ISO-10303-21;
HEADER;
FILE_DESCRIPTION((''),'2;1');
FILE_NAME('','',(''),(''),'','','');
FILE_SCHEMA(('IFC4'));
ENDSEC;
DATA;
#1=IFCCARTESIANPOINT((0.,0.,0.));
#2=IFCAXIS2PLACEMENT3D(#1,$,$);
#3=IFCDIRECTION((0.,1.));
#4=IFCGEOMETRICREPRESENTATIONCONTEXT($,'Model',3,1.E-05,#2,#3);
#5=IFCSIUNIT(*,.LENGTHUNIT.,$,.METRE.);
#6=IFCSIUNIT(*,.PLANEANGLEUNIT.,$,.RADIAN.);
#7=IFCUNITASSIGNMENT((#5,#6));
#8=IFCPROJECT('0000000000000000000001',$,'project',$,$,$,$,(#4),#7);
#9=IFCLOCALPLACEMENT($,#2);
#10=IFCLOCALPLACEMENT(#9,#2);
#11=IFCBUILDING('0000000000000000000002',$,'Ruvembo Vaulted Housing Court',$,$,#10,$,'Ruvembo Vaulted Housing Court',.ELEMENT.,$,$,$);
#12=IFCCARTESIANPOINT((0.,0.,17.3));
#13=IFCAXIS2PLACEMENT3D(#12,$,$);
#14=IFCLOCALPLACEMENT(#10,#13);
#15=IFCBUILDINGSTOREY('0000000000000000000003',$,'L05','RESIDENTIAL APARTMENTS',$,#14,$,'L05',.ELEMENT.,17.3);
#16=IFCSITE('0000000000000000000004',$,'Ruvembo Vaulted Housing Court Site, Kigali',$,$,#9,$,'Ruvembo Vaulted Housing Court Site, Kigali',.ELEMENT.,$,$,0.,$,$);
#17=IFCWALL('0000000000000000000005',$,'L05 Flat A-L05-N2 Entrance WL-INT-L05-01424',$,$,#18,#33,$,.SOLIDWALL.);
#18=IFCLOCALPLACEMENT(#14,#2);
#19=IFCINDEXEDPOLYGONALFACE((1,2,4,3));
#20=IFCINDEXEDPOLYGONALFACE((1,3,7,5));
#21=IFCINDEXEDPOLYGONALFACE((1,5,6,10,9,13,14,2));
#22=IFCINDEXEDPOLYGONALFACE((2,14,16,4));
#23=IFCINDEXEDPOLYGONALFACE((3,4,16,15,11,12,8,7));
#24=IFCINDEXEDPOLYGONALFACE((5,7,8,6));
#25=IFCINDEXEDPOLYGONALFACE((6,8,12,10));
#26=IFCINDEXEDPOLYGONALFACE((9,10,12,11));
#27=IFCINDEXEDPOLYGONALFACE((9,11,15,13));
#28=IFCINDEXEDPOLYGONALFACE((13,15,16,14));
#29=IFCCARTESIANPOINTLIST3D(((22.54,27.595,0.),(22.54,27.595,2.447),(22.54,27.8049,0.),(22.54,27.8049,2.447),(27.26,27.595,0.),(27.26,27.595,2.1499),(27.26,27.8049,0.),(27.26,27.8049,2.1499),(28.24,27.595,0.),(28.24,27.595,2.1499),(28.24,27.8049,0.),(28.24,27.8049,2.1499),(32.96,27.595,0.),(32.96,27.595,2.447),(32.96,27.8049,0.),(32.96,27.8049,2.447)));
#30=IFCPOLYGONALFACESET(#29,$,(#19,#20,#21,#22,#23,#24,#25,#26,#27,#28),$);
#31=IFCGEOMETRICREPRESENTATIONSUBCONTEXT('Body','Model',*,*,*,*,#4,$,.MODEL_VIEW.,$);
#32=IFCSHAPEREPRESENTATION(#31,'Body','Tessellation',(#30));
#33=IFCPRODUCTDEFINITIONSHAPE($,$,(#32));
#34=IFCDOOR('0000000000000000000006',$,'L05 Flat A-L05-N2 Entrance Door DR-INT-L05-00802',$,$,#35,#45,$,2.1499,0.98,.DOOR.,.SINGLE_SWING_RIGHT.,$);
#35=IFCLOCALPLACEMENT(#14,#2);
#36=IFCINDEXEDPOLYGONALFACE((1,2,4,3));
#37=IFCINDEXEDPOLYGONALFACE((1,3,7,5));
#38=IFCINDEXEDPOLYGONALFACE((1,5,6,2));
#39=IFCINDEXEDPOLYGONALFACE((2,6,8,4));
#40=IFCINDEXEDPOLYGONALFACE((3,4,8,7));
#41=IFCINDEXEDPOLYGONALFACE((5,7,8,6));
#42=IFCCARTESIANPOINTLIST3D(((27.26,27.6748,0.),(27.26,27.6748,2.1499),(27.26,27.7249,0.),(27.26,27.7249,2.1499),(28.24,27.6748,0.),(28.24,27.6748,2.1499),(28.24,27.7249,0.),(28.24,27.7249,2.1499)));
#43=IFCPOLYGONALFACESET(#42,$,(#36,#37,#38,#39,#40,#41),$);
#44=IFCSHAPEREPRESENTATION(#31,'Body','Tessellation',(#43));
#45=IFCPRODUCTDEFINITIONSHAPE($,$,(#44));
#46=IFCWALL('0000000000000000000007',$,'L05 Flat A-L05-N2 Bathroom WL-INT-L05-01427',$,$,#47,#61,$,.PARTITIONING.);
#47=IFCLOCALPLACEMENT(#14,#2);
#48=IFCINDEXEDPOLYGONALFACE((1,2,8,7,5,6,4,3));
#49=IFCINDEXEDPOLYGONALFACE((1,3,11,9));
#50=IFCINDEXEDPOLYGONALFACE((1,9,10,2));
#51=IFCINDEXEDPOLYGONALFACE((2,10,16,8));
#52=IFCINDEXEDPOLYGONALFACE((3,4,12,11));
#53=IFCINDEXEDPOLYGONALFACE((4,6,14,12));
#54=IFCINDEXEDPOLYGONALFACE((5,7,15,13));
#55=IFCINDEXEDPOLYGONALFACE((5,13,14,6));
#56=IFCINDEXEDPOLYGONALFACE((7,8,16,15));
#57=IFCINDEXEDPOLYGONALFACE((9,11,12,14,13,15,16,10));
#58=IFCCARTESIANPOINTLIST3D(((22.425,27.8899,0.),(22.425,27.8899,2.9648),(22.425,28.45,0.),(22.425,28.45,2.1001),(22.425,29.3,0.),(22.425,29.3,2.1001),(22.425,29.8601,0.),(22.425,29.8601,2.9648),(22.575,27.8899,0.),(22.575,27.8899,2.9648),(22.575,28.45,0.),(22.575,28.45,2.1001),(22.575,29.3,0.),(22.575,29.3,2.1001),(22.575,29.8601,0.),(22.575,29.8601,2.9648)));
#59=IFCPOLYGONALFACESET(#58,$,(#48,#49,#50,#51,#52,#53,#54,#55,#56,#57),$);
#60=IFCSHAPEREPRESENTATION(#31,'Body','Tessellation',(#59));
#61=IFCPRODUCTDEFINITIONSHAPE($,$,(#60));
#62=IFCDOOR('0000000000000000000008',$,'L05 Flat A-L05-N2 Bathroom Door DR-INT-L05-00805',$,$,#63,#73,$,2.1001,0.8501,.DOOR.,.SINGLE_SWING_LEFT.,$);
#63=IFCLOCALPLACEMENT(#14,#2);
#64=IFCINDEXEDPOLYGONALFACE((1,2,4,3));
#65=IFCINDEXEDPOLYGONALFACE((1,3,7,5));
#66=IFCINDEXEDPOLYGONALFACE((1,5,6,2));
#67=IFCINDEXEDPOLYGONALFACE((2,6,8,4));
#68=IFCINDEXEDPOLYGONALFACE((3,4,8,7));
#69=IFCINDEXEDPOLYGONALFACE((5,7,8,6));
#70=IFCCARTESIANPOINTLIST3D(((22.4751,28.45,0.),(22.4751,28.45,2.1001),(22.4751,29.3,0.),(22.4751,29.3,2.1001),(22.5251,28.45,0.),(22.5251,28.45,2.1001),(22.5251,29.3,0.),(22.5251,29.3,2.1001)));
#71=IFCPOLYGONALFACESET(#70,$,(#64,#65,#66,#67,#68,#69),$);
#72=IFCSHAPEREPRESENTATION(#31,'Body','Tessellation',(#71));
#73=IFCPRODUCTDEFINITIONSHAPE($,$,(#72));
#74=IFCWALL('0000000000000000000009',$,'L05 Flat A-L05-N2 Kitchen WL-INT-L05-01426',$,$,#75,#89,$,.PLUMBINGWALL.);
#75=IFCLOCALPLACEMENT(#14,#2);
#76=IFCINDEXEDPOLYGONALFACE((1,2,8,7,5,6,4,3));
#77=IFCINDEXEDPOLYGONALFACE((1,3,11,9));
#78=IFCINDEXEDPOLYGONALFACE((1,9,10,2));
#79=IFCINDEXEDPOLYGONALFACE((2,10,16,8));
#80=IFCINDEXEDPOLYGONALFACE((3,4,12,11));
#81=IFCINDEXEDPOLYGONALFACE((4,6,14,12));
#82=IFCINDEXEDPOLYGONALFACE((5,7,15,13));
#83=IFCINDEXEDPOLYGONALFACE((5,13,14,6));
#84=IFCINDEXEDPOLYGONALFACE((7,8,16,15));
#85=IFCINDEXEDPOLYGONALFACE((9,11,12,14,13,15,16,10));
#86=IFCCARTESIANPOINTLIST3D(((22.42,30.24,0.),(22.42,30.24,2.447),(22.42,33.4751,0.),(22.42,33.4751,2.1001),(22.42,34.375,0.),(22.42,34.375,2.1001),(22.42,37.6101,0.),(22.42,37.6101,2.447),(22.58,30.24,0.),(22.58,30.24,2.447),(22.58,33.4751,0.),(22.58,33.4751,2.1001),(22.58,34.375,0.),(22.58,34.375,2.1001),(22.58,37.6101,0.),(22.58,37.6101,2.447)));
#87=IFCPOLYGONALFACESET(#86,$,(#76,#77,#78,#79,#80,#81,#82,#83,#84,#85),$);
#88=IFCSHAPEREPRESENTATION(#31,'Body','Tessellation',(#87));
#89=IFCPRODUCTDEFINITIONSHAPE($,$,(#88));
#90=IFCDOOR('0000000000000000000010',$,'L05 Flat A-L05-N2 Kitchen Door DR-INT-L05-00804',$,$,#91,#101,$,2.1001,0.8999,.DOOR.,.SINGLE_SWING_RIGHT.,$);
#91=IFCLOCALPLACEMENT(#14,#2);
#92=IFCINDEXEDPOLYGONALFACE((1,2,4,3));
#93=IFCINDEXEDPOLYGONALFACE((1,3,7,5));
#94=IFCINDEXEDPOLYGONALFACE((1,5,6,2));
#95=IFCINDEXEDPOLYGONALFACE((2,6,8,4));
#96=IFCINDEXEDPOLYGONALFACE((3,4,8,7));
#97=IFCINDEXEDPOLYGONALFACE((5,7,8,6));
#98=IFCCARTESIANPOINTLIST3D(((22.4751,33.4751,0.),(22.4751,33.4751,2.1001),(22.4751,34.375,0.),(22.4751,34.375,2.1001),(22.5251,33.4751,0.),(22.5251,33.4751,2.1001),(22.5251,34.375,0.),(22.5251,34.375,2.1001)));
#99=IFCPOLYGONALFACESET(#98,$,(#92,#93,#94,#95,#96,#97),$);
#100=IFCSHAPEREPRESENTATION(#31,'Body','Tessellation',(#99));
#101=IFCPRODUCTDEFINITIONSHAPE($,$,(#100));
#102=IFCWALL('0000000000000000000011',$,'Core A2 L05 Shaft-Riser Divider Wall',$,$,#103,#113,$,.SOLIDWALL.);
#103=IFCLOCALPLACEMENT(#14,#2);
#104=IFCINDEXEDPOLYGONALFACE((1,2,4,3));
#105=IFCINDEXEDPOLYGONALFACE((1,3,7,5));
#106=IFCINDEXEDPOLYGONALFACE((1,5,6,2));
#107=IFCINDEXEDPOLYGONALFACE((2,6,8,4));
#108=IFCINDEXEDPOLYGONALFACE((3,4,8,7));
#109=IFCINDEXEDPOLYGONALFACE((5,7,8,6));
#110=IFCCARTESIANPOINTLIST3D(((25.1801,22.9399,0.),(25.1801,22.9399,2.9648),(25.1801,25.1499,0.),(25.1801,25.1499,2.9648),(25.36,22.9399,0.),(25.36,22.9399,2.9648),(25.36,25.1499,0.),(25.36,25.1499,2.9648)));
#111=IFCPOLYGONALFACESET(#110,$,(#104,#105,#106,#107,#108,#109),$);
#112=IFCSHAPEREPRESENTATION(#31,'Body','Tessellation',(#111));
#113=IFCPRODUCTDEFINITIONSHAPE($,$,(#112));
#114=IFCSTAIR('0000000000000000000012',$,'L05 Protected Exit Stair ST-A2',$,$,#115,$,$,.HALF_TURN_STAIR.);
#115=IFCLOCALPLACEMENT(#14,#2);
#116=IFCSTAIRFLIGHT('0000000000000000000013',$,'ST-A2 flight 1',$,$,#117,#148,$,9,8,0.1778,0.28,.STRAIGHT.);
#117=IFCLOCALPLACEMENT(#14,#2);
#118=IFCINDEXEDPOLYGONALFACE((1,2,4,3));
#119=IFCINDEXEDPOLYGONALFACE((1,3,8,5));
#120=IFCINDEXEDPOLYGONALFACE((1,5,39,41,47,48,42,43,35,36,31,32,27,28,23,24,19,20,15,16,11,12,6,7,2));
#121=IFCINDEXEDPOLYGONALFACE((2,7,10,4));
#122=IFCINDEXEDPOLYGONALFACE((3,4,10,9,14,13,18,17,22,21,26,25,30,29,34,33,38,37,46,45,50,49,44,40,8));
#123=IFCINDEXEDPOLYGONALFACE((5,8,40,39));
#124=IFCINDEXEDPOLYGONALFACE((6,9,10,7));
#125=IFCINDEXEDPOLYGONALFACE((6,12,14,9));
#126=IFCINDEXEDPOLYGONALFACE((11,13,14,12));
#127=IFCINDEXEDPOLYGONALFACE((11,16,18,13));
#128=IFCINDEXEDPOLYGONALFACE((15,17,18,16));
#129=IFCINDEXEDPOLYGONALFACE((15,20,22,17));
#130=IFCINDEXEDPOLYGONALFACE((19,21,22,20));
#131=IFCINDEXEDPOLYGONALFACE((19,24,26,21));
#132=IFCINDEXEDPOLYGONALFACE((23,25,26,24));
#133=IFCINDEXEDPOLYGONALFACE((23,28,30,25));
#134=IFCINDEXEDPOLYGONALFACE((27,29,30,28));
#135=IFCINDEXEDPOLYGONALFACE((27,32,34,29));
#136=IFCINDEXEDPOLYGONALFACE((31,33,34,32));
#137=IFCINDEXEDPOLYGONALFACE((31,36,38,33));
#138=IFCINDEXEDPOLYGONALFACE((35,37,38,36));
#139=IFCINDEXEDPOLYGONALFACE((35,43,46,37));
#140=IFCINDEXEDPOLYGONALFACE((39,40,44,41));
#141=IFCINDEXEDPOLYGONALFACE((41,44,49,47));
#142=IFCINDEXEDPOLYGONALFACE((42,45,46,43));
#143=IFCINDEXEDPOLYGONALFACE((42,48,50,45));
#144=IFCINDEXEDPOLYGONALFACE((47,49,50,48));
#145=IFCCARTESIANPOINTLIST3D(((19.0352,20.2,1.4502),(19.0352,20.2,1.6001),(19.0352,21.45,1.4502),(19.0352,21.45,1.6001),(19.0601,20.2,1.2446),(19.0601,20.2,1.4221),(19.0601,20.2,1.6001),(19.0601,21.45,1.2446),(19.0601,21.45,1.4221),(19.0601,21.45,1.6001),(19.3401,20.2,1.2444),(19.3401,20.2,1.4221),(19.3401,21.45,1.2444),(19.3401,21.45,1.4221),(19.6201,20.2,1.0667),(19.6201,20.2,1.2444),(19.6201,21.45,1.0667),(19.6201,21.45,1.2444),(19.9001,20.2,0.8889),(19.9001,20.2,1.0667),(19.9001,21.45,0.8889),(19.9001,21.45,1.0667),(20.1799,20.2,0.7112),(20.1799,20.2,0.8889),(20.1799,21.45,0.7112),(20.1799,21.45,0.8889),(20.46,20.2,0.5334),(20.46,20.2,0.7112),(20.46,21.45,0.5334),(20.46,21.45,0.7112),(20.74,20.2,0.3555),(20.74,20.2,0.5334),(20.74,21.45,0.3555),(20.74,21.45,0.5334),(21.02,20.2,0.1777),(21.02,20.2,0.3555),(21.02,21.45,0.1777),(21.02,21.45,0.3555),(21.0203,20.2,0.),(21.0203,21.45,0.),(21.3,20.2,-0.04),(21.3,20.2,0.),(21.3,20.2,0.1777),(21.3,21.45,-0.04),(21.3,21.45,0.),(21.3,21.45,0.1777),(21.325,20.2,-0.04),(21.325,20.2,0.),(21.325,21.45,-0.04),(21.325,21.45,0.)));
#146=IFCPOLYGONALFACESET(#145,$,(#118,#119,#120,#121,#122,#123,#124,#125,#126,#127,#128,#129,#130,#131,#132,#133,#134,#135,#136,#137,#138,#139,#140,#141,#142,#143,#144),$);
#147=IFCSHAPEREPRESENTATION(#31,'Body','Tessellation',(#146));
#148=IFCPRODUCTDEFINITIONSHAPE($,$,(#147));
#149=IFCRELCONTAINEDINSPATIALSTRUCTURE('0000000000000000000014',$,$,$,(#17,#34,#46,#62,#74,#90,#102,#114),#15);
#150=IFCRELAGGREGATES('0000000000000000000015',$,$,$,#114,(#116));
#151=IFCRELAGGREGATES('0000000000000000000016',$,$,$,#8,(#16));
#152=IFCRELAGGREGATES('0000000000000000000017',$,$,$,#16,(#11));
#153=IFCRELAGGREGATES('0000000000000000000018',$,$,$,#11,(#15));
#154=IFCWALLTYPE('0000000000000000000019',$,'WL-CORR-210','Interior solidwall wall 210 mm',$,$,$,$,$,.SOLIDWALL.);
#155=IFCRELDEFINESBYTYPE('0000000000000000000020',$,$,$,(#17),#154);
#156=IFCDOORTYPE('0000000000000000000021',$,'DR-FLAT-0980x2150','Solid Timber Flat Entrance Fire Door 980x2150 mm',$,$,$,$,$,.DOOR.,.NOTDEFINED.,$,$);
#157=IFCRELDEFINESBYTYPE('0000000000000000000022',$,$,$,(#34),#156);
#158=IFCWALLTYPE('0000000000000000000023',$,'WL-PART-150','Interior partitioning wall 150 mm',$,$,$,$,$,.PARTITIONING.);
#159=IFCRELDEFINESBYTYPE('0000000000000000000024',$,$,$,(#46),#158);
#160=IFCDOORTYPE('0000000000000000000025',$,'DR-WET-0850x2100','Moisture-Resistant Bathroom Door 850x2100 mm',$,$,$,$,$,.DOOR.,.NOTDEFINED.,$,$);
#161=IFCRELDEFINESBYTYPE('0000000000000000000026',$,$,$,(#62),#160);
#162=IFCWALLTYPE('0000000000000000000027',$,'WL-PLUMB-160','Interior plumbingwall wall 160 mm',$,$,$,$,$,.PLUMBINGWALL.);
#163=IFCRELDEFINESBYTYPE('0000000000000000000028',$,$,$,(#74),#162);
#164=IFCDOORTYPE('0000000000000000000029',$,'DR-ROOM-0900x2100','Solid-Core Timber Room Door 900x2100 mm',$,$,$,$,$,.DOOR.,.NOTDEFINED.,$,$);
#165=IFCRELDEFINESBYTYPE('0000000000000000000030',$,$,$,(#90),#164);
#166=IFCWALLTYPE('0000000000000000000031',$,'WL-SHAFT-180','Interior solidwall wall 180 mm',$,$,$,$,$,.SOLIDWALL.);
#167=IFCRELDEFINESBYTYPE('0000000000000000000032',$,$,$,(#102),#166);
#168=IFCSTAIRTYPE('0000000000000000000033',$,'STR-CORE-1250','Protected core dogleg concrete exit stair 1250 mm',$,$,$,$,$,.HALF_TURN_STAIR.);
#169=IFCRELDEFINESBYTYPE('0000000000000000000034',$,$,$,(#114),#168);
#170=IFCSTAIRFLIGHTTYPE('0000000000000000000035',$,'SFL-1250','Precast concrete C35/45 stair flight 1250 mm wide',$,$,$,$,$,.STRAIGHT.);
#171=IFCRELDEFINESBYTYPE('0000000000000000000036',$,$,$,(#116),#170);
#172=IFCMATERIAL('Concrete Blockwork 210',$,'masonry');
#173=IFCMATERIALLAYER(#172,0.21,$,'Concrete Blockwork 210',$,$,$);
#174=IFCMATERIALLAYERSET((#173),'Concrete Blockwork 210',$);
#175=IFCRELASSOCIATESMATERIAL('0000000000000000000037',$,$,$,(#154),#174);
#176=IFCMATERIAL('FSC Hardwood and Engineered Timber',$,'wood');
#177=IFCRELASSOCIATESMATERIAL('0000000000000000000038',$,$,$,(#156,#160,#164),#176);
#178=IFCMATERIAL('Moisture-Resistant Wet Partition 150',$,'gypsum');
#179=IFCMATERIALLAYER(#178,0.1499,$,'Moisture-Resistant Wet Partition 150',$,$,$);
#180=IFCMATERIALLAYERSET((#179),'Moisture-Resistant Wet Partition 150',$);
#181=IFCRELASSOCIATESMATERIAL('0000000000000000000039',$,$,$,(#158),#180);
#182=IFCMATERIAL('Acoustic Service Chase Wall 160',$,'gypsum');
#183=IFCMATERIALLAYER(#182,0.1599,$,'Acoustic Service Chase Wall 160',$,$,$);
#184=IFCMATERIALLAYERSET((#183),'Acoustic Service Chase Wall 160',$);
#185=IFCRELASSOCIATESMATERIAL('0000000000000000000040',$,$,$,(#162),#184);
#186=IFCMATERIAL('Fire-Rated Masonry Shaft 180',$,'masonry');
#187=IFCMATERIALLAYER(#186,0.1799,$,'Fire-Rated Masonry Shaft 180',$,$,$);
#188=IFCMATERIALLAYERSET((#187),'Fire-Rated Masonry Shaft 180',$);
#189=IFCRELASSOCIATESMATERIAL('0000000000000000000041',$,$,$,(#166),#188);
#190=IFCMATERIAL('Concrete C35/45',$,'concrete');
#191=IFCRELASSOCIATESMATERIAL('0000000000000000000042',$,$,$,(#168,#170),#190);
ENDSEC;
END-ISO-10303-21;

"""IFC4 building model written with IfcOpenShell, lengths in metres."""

from ifc_helpers import new_model, si_unit, direction, frame, frame_2d, origin, place, context, subcontext, project, spatial, polyline, rectangle, outline, extrude, material, layer, layer_set, type_object, element, fill, aggregate, save


model = new_model("IFC4")

# Units and contexts
model_context = context("Model", 3, precision=1e-05, world=origin(), true_north=direction((0.0, 1.0)))
body_context = subcontext(model_context, "Body", "Model", "MODEL_VIEW")
ifc_project = project(units=[si_unit("LENGTHUNIT", "METRE"), si_unit("PLANEANGLEUNIT", "RADIAN")], contexts=[model_context])

# Site, building, storey
site_placement = place(None, origin())
site = spatial("IfcSite", under=ifc_project, at=site_placement, Name="Ruvembo Vaulted Housing Court Site, Kigali", LongName="Ruvembo Vaulted Housing Court Site, Kigali", CompositionType="ELEMENT", RefElevation=0.0)
building_placement = place(site_placement, origin())
building = spatial("IfcBuilding", under=site, at=building_placement, Name="Ruvembo Vaulted Housing Court", LongName="Ruvembo Vaulted Housing Court", CompositionType="ELEMENT")
storey_placement = place(building_placement, frame((0.0, 0.0, 17.3)))
storey = spatial("IfcBuildingStorey", under=building, at=storey_placement, Name="L05", Description="RESIDENTIAL APARTMENTS", LongName="L05", CompositionType="ELEMENT", Elevation=17.3)

# Shared definitions
ifc_material_1 = material(Name="Concrete C35/45", Category="concrete")

# Walls, openings, doors
ifc_material_2 = material(Name="Concrete Blockwork 210", Category="masonry")
ifc_layer_1 = layer(ifc_material_2, 0.21, Name="Concrete Blockwork 210")
ifc_layer_set_1 = layer_set([ifc_layer_1], Name="Concrete Blockwork 210")
wall_type_1 = type_object("IfcWallType", Name="WL-CORR-210", Description="Interior solidwall wall 210 mm", PredefinedType="SOLIDWALL", material=ifc_layer_set_1)
wall_1_placement = place(storey_placement, frame((22.54, 27.7, 0.0), z_axis=(0.0, 0.0, 1.0), x_axis=(1.0, 0.0, 0.0)))
wall_1 = element("IfcWall", 1, at=wall_1_placement, inside=storey, type_object=wall_type_1, Name="L05 Flat A-L05-N2 Entrance WL-INT-L05-01424", PredefinedType="SOLIDWALL", context=body_context, shape_type="SweptSolid", body=[
    extrude(rectangle(XDim=10.4199, YDim=0.21, at=frame_2d((5.21, 0.0))), origin(), (0.0, 0.0, 1.0), 2.447),
])
opening_1_placement = place(wall_1_placement, frame((4.72, 0.0, 0.0)))
opening_1 = element("IfcOpeningElement", 2, at=opening_1_placement, cuts=wall_1, PredefinedType="OPENING", context=body_context, shape_type="SweptSolid", body=[
    extrude(rectangle(XDim=0.98, YDim=2.1499, at=frame_2d((0.49, 1.075))), frame((0.0, 0.115, 0.0), z_axis=(0.0, -1.0, 0.0), x_axis=(1.0, 0.0, 0.0)), (0.0, 0.0, 1.0), 0.23),
])
ifc_material_3 = material(Name="FSC Hardwood and Engineered Timber", Category="wood")
door_type_1 = type_object("IfcDoorType", Name="DR-FLAT-0980x2150", Description="Solid Timber Flat Entrance Fire Door 980x2150 mm", OperationType="NOTDEFINED", PredefinedType="DOOR", material=ifc_material_3)
door_1_placement = place(opening_1_placement, origin())
door_1 = element("IfcDoor", 3, at=door_1_placement, inside=storey, type_object=door_type_1, Name="L05 Flat A-L05-N2 Entrance Door DR-INT-L05-00802", OperationType="SINGLE_SWING_RIGHT", OverallHeight=2.1499, OverallWidth=0.98, PredefinedType="DOOR", context=body_context, shape_type="SweptSolid", body=[
    extrude(rectangle(XDim=0.98, YDim=2.1499, at=frame_2d((0.49, 1.075))), frame((0.0, 0.0249, 0.0), z_axis=(0.0, -1.0, 0.0), x_axis=(1.0, 0.0, 0.0)), (0.0, 0.0, 1.0), 0.05),
])
fill(opening_1, door_1)
ifc_material_4 = material(Name="Moisture-Resistant Wet Partition 150", Category="gypsum")
ifc_layer_2 = layer(ifc_material_4, 0.1499, Name="Moisture-Resistant Wet Partition 150")
ifc_layer_set_2 = layer_set([ifc_layer_2], Name="Moisture-Resistant Wet Partition 150")
wall_type_2 = type_object("IfcWallType", Name="WL-PART-150", Description="Interior partitioning wall 150 mm", PredefinedType="PARTITIONING", material=ifc_layer_set_2)
wall_2_placement = place(storey_placement, frame((22.5, 27.8899, 0.0), z_axis=(0.0, 0.0, 1.0), x_axis=(0.0, 1.0, 0.0)))
wall_2 = element("IfcWall", 4, at=wall_2_placement, inside=storey, type_object=wall_type_2, Name="L05 Flat A-L05-N2 Bathroom WL-INT-L05-01427", PredefinedType="PARTITIONING", context=body_context, shape_type="SweptSolid", body=[
    extrude(rectangle(XDim=1.9702, YDim=0.1499, at=frame_2d((0.9851, 0.0))), origin(), (0.0, 0.0, 1.0), 2.9648),
])
opening_2_placement = place(wall_2_placement, frame((0.5601, 0.0, 0.0)))
opening_2 = element("IfcOpeningElement", 5, at=opening_2_placement, cuts=wall_2, PredefinedType="OPENING", context=body_context, shape_type="SweptSolid", body=[
    extrude(rectangle(XDim=0.8501, YDim=2.1001, at=frame_2d((0.425, 1.05))), frame((0.0, 0.085, 0.0), z_axis=(0.0, -1.0, 0.0), x_axis=(1.0, 0.0, 0.0)), (0.0, 0.0, 1.0), 0.1699),
])
door_type_2 = type_object("IfcDoorType", Name="DR-WET-0850x2100", Description="Moisture-Resistant Bathroom Door 850x2100 mm", OperationType="NOTDEFINED", PredefinedType="DOOR", material=ifc_material_3)
door_2_placement = place(opening_2_placement, origin())
door_2 = element("IfcDoor", 6, at=door_2_placement, inside=storey, type_object=door_type_2, Name="L05 Flat A-L05-N2 Bathroom Door DR-INT-L05-00805", OperationType="SINGLE_SWING_LEFT", OverallHeight=2.1001, OverallWidth=0.8501, PredefinedType="DOOR", context=body_context, shape_type="SweptSolid", body=[
    extrude(rectangle(XDim=0.8501, YDim=2.1001, at=frame_2d((0.425, 1.05))), frame((0.0, 0.0249, 0.0), z_axis=(0.0, -1.0, 0.0), x_axis=(1.0, 0.0, 0.0)), (0.0, 0.0, 1.0), 0.05),
])
fill(opening_2, door_2)
ifc_material_5 = material(Name="Acoustic Service Chase Wall 160", Category="gypsum")
ifc_layer_3 = layer(ifc_material_5, 0.1599, Name="Acoustic Service Chase Wall 160")
ifc_layer_set_3 = layer_set([ifc_layer_3], Name="Acoustic Service Chase Wall 160")
wall_type_3 = type_object("IfcWallType", Name="WL-PLUMB-160", Description="Interior plumbingwall wall 160 mm", PredefinedType="PLUMBINGWALL", material=ifc_layer_set_3)
wall_3_placement = place(storey_placement, frame((22.5, 30.24, 0.0), z_axis=(0.0, 0.0, 1.0), x_axis=(0.0, 1.0, 0.0)))
wall_3 = element("IfcWall", 7, at=wall_3_placement, inside=storey, type_object=wall_type_3, Name="L05 Flat A-L05-N2 Kitchen WL-INT-L05-01426", PredefinedType="PLUMBINGWALL", context=body_context, shape_type="SweptSolid", body=[
    extrude(rectangle(XDim=7.3701, YDim=0.1599, at=frame_2d((3.6851, 0.0))), origin(), (0.0, 0.0, 1.0), 2.447),
])
opening_3_placement = place(wall_3_placement, frame((3.2351, 0.0, 0.0)))
opening_3 = element("IfcOpeningElement", 8, at=opening_3_placement, cuts=wall_3, PredefinedType="OPENING", context=body_context, shape_type="SweptSolid", body=[
    extrude(rectangle(XDim=0.8999, YDim=2.1001, at=frame_2d((0.45, 1.05))), frame((0.0, 0.0898, 0.0), z_axis=(0.0, -1.0, 0.0), x_axis=(1.0, 0.0, 0.0)), (0.0, 0.0, 1.0), 0.1799),
])
door_type_3 = type_object("IfcDoorType", Name="DR-ROOM-0900x2100", Description="Solid-Core Timber Room Door 900x2100 mm", OperationType="NOTDEFINED", PredefinedType="DOOR", material=ifc_material_3)
door_3_placement = place(opening_3_placement, origin())
door_3 = element("IfcDoor", 9, at=door_3_placement, inside=storey, type_object=door_type_3, Name="L05 Flat A-L05-N2 Kitchen Door DR-INT-L05-00804", OperationType="SINGLE_SWING_RIGHT", OverallHeight=2.1001, OverallWidth=0.8999, PredefinedType="DOOR", context=body_context, shape_type="SweptSolid", body=[
    extrude(rectangle(XDim=0.8999, YDim=2.1001, at=frame_2d((0.45, 1.05))), frame((0.0, 0.0249, 0.0), z_axis=(0.0, -1.0, 0.0), x_axis=(1.0, 0.0, 0.0)), (0.0, 0.0, 1.0), 0.05),
])
fill(opening_3, door_3)

# Shared definitions
ifc_material_6 = material(Name="Fire-Rated Masonry Shaft 180", Category="masonry")
ifc_layer_4 = layer(ifc_material_6, 0.1799, Name="Fire-Rated Masonry Shaft 180")
ifc_layer_set_4 = layer_set([ifc_layer_4], Name="Fire-Rated Masonry Shaft 180")
wall_type_4 = type_object("IfcWallType", Name="WL-SHAFT-180", Description="Interior solidwall wall 180 mm", PredefinedType="SOLIDWALL", material=ifc_layer_set_4)

# Wall
wall_4_placement = place(storey_placement, frame((25.27, 22.9399, 0.0), z_axis=(0.0, 0.0, 1.0), x_axis=(0.0, 1.0, 0.0)))
element("IfcWall", 10, at=wall_4_placement, inside=storey, type_object=wall_type_4, Name="Core A2 L05 Shaft-Riser Divider Wall", PredefinedType="SOLIDWALL", context=body_context, shape_type="SweptSolid", body=[
    extrude(rectangle(XDim=2.21, YDim=0.1799, at=frame_2d((1.105, 0.0))), origin(), (0.0, 0.0, 1.0), 2.9648),
])

# Stair, stair flight
stair_type = type_object("IfcStairType", Name="STR-CORE-1250", Description="Protected core dogleg concrete exit stair 1250 mm", PredefinedType="HALF_TURN_STAIR", material=ifc_material_1)
stair_placement = place(storey_placement, origin())
stair = element("IfcStair", 11, at=stair_placement, inside=storey, type_object=stair_type, Name="L05 Protected Exit Stair ST-A2", PredefinedType="HALF_TURN_STAIR")
stair_flight_type = type_object("IfcStairFlightType", Name="SFL-1250", Description="Precast concrete C35/45 stair flight 1250 mm wide", PredefinedType="STRAIGHT", material=ifc_material_1)
stair_flight_placement = place(storey_placement, frame((21.3, 20.825, 0.0), z_axis=(0.0, 0.0, 1.0), x_axis=(-1.0, 0.0, 0.0)))
stair_flight = element("IfcStairFlight", 12, at=stair_flight_placement, type_object=stair_flight_type, Name="ST-A2 flight 1", NumberOfRisers=9, NumberOfTreads=8, PredefinedType="STRAIGHT", RiserHeight=0.1778, TreadLength=0.28, context=body_context, shape_type="SweptSolid", body=[
    extrude(outline(polyline([(-0.0249, -0.04), (-0.0249, 0.0), (0.0, 0.0), (0.0, 0.1777), (0.28, 0.1777), (0.28, 0.3555), (0.5601, 0.3555), (0.5601, 0.5334), (0.8401, 0.5334), (0.8401, 0.7112), (1.1201, 0.7112), (1.1201, 0.8889), (1.3999, 0.8889), (1.3999, 1.0667), (1.6799, 1.0667), (1.6799, 1.2444), (1.96, 1.2444), (1.96, 1.4221), (2.24, 1.4221), (2.24, 1.6001), (2.2649, 1.6001), (2.2649, 1.4502), (2.24, 1.2446), (0.2798, 0.0), (0.0, -0.04), (-0.0249, -0.04)])), frame((0.0, 0.625, 0.0), z_axis=(0.0, -1.0, 0.0), x_axis=(1.0, 0.0, 0.0)), (0.0, 0.0, 1.0), 1.25),
])
aggregate(stair, [stair_flight])

save(model, "model.ifc")
